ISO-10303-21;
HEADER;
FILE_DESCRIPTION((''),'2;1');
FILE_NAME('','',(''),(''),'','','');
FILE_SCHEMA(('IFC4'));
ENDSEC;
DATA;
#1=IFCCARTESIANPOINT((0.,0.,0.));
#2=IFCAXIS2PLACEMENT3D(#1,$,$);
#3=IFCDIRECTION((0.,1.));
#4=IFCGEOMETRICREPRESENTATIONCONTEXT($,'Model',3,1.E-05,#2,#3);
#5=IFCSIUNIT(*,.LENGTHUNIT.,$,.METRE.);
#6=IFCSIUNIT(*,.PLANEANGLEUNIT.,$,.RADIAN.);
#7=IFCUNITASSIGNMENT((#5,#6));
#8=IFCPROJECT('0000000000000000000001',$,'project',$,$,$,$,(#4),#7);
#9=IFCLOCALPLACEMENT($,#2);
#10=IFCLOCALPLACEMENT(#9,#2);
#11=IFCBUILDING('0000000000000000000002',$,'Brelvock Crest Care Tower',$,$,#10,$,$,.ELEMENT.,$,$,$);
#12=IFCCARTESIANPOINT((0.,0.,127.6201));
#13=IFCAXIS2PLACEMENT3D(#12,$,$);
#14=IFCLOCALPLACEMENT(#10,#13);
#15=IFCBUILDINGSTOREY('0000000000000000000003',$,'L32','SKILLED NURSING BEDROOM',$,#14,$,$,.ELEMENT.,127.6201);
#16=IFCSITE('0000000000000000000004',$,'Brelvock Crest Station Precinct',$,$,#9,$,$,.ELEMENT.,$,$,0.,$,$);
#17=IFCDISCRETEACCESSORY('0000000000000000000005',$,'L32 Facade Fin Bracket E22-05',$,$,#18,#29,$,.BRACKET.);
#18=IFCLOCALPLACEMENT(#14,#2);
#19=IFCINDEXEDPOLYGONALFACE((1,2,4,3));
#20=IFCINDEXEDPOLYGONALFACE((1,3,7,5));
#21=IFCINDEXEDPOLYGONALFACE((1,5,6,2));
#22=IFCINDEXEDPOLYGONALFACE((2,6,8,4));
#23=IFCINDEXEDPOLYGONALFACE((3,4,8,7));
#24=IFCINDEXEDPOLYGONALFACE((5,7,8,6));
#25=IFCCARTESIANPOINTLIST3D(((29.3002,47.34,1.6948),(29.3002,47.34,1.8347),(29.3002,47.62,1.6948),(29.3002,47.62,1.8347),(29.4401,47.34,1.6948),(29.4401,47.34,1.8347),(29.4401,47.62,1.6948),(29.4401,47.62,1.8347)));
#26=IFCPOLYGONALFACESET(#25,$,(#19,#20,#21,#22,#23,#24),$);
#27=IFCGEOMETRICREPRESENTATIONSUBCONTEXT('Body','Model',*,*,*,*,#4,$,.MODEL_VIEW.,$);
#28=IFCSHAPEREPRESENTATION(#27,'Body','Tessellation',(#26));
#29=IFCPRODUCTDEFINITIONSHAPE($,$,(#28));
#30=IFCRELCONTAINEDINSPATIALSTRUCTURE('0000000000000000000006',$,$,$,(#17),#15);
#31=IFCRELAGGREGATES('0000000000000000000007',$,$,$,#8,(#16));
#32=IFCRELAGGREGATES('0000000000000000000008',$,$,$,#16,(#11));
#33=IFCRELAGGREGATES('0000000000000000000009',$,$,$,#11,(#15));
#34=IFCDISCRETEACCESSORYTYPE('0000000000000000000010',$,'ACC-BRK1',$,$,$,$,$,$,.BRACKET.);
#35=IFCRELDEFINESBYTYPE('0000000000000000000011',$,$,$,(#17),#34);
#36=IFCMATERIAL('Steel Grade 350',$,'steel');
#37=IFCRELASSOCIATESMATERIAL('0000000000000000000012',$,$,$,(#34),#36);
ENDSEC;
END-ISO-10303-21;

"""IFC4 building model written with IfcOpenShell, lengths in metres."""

from ifc_helpers import new_model, si_unit, direction, frame, origin, origin_2d, place, context, subcontext, project, spatial, rectangle, extrude, source, transform, mapped, material, type_object, element, save


model = new_model("IFC4")

# Units and contexts
model_context = context("Model", 3, precision=1e-05, world=origin(), true_north=direction((0.0, 1.0)))
body_context = subcontext(model_context, "Body", "Model", "MODEL_VIEW")
ifc_project = project(units=[si_unit("LENGTHUNIT", "METRE"), si_unit("PLANEANGLEUNIT", "RADIAN")], contexts=[model_context])

# Site, building, storey
site_placement = place(None, origin())
site = spatial("IfcSite", under=ifc_project, at=site_placement, Name="Brelvock Crest Station Precinct", CompositionType="ELEMENT", RefElevation=0.0)
building_placement = place(site_placement, origin())
building = spatial("IfcBuilding", under=site, at=building_placement, Name="Brelvock Crest Care Tower", CompositionType="ELEMENT")
storey_placement = place(building_placement, frame((0.0, 0.0, 127.6201)))
storey = spatial("IfcBuildingStorey", under=building, at=storey_placement, Name="L32", Description="SKILLED NURSING BEDROOM", CompositionType="ELEMENT", Elevation=127.6201)

# Shared definitions
ifc_material_1 = material(Name="Steel Grade 350", Category="steel")

# Discrete accessory
discrete_accessory_type = type_object("IfcDiscreteAccessoryType", Name="ACC-BRK1", PredefinedType="BRACKET", material=ifc_material_1)
shared_shape_1 = source(origin(), body_context, "Body", "SweptSolid", [
    extrude(rectangle(XDim=0.28, YDim=0.1399, at=origin_2d()), origin(), (0.0, 0.0, 1.0), 0.1399),
])
for number, where, z_axis, x_axis, name in (
    (1, (29.3701, 47.48, 1.6948), (0.0, 0.0, 1.0), (0.0, 1.0, 0.0), "L32 Facade Fin Bracket E22-05"),
):
    element("IfcDiscreteAccessory", number, at=place(storey_placement, frame(where, z_axis=z_axis, x_axis=x_axis)), inside=storey, type_object=discrete_accessory_type, Name=name, PredefinedType="BRACKET", context=body_context, shape_type="MappedRepresentation", body=[
        mapped(shared_shape_1, transform((0.0, 0.0, 0.0), x_axis=(1.0, 0.0, 0.0), y_axis=(0.0, 1.0, 0.0), z_axis=(0.0, 0.0, 1.0), scale=1.0)),
    ])

save(model, "model.ifc")
